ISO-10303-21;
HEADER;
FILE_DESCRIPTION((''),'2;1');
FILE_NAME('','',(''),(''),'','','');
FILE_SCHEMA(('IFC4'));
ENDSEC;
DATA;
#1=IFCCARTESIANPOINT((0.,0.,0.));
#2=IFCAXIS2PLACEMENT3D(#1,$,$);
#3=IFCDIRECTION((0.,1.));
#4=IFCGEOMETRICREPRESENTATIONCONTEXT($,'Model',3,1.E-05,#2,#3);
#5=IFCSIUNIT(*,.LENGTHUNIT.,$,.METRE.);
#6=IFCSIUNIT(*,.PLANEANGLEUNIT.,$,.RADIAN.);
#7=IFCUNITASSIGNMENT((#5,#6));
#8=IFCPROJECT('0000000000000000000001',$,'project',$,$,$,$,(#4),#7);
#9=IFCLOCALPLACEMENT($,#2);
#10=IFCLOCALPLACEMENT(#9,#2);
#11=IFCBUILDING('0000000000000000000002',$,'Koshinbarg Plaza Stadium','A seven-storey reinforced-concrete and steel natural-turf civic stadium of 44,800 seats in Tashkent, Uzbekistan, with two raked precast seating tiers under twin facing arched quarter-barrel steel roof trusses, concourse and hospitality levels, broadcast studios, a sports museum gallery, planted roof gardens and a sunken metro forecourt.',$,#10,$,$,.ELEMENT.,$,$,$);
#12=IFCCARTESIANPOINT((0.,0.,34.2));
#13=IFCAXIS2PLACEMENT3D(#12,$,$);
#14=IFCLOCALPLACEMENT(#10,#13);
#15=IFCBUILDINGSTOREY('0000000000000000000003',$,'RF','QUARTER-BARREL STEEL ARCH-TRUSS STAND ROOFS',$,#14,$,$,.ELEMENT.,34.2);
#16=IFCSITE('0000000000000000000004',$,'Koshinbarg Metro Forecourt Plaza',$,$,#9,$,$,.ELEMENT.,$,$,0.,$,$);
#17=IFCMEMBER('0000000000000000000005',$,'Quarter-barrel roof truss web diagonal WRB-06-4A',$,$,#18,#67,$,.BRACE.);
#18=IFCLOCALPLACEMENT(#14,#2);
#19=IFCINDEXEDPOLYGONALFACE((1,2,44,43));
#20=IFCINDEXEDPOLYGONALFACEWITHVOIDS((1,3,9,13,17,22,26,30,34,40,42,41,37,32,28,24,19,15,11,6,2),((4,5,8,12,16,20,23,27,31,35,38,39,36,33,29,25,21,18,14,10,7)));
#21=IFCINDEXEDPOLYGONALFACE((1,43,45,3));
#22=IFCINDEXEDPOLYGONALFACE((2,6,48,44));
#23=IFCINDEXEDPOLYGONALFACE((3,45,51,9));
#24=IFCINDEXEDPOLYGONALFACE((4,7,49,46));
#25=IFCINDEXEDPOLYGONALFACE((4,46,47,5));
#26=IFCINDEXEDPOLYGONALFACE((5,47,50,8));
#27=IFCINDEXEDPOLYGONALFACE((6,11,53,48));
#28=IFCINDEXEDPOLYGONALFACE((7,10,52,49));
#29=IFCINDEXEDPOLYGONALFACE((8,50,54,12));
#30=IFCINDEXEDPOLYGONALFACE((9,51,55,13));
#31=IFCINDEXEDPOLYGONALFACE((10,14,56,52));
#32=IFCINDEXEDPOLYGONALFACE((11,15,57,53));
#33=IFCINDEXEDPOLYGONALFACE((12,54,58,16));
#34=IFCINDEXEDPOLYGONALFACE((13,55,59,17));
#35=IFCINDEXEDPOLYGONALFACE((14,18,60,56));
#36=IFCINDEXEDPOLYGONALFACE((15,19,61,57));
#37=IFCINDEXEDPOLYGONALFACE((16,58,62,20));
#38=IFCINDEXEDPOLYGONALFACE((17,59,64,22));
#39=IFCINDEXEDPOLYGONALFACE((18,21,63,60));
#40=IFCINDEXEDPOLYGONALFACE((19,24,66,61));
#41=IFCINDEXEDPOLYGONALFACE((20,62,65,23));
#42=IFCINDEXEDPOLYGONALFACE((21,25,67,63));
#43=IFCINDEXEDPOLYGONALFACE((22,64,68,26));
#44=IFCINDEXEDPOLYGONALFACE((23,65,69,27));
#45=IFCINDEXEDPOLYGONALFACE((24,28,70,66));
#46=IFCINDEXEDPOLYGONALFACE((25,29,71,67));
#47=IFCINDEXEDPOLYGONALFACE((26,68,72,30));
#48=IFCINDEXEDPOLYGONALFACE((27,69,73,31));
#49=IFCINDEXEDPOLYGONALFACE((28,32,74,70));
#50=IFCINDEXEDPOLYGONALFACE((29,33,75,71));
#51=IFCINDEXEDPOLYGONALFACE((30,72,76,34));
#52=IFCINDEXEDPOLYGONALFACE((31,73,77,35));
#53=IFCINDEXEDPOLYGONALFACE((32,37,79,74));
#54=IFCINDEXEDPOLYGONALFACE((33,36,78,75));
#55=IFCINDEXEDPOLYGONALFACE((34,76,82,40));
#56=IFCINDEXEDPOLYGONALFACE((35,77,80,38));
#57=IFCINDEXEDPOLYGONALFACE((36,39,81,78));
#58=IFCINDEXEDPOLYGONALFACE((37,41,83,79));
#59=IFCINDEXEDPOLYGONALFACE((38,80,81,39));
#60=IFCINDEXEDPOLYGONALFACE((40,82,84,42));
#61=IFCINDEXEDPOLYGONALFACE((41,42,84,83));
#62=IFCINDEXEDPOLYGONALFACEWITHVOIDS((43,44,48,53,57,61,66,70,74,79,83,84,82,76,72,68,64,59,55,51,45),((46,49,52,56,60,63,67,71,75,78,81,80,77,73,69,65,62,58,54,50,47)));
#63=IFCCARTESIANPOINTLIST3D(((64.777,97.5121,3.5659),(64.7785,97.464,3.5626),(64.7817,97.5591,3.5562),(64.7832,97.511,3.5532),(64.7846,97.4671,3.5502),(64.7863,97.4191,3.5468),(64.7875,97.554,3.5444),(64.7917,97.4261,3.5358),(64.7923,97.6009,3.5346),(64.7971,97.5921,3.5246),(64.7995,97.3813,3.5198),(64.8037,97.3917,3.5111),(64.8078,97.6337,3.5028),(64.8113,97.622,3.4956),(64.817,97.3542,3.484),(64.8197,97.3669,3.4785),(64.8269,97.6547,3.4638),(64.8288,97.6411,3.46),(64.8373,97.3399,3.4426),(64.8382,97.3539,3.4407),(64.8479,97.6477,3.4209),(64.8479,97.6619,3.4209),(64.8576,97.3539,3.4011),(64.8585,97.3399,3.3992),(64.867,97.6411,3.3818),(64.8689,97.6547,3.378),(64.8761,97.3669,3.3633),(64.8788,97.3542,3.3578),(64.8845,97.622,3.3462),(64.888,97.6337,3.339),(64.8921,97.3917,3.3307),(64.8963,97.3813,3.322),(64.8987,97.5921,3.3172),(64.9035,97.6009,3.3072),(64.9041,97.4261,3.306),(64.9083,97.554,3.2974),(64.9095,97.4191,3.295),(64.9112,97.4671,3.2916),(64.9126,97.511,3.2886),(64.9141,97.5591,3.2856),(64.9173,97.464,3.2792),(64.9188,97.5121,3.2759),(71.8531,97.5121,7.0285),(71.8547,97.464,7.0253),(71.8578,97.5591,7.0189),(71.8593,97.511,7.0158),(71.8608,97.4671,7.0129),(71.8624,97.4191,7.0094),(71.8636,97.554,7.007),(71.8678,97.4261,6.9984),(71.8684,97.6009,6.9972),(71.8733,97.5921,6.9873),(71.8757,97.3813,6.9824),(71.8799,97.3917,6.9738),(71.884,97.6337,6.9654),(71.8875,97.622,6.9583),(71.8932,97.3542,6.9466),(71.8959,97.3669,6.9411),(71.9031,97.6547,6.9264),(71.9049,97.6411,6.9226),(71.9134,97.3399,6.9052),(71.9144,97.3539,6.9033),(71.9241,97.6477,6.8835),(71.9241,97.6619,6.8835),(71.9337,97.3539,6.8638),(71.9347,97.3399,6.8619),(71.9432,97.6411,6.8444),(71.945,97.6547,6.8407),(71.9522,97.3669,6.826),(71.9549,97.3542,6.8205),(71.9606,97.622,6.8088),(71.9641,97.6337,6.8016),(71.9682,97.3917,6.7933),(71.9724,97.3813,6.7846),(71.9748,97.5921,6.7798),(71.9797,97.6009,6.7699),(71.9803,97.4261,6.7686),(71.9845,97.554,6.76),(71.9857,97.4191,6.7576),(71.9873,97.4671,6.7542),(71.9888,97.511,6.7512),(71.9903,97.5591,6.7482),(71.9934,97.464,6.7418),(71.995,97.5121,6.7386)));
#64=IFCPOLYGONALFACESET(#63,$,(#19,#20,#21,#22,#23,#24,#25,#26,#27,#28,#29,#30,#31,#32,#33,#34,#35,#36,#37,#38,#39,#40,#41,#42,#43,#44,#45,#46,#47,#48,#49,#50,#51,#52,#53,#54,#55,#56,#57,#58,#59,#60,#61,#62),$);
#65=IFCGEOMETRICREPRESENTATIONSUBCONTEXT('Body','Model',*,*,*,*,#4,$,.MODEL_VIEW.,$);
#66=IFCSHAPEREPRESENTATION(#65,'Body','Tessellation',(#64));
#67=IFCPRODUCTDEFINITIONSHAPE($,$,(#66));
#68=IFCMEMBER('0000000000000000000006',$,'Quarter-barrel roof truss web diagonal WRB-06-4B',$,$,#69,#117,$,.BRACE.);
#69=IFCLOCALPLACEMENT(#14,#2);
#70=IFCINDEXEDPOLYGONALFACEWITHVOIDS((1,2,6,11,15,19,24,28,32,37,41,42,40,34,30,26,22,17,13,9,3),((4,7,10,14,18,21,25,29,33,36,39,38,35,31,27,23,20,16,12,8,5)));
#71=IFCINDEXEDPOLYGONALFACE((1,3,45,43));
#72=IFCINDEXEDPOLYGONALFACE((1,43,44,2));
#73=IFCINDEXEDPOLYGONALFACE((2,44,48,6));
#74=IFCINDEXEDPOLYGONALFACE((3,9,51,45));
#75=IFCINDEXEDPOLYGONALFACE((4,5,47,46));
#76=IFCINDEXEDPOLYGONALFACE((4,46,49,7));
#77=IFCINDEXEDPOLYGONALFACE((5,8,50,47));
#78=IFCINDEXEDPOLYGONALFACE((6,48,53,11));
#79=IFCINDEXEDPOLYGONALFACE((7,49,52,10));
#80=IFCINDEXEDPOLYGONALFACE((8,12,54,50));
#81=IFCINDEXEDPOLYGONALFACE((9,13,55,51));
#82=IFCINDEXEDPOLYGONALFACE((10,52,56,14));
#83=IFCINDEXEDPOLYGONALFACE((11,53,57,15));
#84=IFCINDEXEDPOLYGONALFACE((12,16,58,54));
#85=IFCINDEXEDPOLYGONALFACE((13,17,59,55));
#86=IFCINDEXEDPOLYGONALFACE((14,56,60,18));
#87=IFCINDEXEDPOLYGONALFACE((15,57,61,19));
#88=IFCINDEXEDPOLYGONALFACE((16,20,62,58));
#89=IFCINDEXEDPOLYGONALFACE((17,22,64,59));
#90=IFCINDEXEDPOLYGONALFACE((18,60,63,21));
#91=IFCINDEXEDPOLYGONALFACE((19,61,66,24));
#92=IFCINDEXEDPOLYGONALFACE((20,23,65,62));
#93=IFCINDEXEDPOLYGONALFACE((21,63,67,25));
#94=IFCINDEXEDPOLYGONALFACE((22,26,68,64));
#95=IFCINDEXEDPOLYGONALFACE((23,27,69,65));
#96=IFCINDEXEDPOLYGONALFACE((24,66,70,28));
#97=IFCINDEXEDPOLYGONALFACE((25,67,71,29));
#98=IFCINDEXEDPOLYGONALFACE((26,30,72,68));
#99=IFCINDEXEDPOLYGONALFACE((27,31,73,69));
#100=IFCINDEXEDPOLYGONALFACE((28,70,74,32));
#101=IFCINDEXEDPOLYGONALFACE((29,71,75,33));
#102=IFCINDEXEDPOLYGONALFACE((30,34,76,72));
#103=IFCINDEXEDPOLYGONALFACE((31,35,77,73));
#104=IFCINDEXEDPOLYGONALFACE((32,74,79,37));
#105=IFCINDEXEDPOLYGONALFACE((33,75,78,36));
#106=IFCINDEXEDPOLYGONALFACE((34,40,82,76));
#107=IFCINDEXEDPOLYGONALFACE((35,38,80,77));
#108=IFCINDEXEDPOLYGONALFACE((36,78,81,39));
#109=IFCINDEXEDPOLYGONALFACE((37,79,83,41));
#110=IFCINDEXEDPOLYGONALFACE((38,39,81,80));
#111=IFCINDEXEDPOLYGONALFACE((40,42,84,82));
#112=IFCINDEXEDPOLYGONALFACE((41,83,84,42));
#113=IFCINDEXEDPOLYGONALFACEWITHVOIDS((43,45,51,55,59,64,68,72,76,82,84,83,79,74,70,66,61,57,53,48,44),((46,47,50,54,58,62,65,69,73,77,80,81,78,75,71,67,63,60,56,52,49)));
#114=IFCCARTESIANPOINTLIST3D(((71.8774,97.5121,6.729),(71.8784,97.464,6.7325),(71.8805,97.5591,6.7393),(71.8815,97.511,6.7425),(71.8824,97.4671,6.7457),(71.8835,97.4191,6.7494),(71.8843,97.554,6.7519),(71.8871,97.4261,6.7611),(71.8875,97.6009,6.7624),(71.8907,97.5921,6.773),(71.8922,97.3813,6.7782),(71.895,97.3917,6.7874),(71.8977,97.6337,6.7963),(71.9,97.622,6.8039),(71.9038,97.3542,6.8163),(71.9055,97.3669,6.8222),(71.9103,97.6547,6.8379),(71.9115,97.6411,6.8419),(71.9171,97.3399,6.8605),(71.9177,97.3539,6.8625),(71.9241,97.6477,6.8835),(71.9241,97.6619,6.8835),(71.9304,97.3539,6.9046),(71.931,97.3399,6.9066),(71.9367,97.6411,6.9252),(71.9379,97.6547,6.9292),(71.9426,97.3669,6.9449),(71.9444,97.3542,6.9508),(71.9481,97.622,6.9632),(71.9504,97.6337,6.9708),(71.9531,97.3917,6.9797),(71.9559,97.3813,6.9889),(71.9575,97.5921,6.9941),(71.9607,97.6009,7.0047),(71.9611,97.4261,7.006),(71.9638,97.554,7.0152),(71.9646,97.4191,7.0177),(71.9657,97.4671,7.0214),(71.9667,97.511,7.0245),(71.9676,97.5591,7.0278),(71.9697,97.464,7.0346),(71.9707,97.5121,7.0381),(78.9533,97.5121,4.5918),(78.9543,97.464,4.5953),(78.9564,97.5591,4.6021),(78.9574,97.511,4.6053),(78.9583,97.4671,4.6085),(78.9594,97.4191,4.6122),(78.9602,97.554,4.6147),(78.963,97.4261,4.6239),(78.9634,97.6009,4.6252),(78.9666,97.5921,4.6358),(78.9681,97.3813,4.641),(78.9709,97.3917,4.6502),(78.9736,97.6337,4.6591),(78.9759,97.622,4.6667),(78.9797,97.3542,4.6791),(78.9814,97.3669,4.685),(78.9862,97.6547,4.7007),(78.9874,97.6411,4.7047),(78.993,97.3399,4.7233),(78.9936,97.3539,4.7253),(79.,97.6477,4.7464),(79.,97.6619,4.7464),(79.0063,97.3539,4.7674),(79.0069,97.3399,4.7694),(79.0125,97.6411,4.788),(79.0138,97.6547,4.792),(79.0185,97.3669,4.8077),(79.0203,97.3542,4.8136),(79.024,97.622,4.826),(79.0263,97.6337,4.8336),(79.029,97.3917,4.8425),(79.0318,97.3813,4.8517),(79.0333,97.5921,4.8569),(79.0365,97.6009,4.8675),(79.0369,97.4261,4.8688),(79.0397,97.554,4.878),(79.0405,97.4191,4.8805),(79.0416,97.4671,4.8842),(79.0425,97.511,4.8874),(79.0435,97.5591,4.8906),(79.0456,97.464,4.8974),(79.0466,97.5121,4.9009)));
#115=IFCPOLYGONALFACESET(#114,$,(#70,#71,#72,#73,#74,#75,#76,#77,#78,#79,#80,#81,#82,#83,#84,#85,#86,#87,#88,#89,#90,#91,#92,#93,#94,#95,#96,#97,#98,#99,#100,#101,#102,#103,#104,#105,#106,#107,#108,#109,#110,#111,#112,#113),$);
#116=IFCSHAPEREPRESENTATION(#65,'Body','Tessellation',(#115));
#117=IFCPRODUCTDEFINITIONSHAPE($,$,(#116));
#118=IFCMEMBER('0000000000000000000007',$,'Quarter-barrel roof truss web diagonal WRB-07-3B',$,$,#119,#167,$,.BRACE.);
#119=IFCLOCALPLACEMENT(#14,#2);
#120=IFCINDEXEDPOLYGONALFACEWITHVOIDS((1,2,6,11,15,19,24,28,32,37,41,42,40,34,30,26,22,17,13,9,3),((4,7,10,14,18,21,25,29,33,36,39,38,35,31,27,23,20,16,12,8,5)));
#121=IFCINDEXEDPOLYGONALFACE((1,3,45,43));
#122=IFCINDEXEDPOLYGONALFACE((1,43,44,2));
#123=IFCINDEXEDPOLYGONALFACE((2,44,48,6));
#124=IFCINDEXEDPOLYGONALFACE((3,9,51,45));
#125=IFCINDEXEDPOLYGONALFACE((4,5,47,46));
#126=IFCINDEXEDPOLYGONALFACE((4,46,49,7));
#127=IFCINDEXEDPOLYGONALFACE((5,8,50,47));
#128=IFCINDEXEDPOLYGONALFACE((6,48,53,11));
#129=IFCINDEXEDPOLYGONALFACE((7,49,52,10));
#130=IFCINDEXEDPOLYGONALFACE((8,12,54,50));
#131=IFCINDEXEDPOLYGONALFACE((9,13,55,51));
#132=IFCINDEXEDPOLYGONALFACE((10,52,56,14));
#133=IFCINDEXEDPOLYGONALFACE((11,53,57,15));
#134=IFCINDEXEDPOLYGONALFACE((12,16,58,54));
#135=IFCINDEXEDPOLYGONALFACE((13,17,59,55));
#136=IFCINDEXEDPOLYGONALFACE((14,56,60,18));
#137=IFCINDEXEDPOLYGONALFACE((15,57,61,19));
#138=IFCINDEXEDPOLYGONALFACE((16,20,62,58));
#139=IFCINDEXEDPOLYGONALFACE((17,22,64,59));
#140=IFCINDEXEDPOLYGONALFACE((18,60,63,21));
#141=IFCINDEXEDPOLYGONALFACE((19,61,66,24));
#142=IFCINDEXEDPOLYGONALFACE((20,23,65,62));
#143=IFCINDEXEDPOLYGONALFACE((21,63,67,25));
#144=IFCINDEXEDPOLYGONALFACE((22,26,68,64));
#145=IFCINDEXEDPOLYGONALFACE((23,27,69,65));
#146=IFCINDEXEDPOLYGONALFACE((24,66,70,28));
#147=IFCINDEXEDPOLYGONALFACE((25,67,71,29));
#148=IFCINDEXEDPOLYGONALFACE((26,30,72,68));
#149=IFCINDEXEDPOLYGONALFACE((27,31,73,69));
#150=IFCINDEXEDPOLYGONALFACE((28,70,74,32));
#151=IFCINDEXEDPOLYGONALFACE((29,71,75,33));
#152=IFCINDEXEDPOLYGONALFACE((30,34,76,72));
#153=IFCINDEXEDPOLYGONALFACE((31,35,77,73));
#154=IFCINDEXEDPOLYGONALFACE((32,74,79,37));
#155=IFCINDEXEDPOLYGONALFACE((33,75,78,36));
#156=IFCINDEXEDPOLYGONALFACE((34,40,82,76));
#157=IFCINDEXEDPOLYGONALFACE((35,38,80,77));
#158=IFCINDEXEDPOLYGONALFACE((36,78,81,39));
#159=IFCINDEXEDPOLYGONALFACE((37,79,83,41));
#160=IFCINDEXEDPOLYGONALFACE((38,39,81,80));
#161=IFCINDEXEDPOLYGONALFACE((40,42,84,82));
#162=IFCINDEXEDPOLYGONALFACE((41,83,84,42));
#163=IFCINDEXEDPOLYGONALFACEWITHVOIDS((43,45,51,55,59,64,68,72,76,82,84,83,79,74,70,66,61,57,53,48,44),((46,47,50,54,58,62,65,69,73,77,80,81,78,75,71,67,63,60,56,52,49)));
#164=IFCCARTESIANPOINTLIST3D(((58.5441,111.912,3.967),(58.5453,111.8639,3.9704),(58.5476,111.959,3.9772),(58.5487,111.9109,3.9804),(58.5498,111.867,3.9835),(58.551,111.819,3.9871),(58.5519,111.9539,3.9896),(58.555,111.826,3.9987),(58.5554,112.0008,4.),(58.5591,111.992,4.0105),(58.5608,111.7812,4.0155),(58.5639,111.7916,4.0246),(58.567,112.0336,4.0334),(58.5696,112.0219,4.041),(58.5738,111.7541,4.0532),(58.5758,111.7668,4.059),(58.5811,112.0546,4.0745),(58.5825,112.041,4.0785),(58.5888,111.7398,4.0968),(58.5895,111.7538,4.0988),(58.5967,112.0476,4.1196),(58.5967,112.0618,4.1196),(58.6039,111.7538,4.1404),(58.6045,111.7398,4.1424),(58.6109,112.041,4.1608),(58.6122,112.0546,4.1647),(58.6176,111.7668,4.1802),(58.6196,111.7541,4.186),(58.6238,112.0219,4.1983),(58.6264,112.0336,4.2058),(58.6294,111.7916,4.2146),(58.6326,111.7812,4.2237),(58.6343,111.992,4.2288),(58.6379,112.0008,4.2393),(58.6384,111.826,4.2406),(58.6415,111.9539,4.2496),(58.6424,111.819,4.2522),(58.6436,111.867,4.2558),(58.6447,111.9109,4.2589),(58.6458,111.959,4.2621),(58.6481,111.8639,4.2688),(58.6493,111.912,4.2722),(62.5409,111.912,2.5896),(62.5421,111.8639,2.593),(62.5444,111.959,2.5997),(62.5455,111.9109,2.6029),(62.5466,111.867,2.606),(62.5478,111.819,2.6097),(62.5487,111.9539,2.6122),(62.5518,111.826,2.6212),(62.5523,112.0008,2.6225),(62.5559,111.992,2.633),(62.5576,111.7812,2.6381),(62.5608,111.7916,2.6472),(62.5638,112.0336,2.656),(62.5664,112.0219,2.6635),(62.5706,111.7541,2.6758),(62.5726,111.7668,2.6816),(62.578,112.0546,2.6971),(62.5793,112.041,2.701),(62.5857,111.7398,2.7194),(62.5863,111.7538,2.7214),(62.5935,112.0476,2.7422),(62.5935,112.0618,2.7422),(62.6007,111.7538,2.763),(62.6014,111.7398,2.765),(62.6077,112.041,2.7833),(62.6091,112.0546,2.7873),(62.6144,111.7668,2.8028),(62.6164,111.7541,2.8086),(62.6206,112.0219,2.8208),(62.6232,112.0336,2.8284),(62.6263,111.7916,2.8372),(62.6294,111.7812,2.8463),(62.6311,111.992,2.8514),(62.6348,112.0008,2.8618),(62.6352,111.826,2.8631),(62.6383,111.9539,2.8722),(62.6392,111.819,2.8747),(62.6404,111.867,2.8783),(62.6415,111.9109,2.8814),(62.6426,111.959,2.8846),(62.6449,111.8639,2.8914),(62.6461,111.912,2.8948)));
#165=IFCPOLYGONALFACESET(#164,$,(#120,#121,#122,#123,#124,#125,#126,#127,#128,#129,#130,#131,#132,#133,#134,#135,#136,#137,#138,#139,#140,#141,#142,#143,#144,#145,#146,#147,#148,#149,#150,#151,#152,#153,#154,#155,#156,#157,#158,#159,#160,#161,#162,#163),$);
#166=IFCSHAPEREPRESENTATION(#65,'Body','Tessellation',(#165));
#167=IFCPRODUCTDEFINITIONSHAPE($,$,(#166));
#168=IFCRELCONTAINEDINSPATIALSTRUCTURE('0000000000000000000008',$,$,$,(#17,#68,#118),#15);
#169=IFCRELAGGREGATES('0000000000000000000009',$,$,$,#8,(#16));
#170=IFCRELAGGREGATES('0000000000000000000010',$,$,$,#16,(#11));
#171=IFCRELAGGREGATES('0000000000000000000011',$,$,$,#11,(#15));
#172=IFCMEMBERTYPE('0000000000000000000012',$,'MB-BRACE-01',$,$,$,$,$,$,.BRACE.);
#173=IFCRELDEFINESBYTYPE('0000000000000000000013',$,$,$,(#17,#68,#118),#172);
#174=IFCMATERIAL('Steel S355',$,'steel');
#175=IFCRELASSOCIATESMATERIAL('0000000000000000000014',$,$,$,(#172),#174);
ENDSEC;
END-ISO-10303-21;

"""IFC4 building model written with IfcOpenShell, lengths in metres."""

from ifc_helpers import new_model, si_unit, direction, frame, origin, origin_2d, place, context, subcontext, project, spatial, hollow_circle, extrude, material, material_profile, profile_set, type_object, element, save


model = new_model("IFC4")

# Units and contexts
model_context = context("Model", 3, precision=1e-05, world=origin(), true_north=direction((0.0, 1.0)))
body_context = subcontext(model_context, "Body", "Model", "MODEL_VIEW")
ifc_project = project(units=[si_unit("LENGTHUNIT", "METRE"), si_unit("PLANEANGLEUNIT", "RADIAN")], contexts=[model_context])

# Site, building, storey
site_placement = place(None, origin())
site = spatial("IfcSite", under=ifc_project, at=site_placement, Name="Koshinbarg Metro Forecourt Plaza", CompositionType="ELEMENT", RefElevation=0.0)
building_placement = place(site_placement, origin())
building = spatial("IfcBuilding", under=site, at=building_placement, Name="Koshinbarg Plaza Stadium", Description="A seven-storey reinforced-concrete and steel natural-turf civic stadium of 44,800 seats in Tashkent, Uzbekistan, with two raked precast seating tiers under twin facing arched quarter-barrel steel roof trusses, concourse and hospitality levels, broadcast studios, a sports museum gallery, planted roof gardens and a sunken metro forecourt.", CompositionType="ELEMENT")
storey_placement = place(building_placement, frame((0.0, 0.0, 34.2)))
storey = spatial("IfcBuildingStorey", under=building, at=storey_placement, Name="RF", Description="QUARTER-BARREL STEEL ARCH-TRUSS STAND ROOFS", CompositionType="ELEMENT", Elevation=34.2)

# Members
ifc_material_1 = material(Name="Steel S355", Category="steel")
ifc_material_profile_1 = material_profile(ifc_material_1, hollow_circle(Radius=0.1619, WallThickness=0.0142, at=origin_2d()), Name="CHS 323.9x14.2")
ifc_profile_set_1 = profile_set([ifc_material_profile_1], Name="Steel S355")
member_type_1 = type_object("IfcMemberType", Name="MB-BRACE-01", PredefinedType="BRACE", material=ifc_profile_set_1)
member_1_placement = place(storey_placement, frame((64.8479, 97.5, 3.4209), z_axis=(0.898225, 0.0, 0.439536), x_axis=(0.0, 1.0, 0.0)))
element("IfcMember", 1, at=member_1_placement, inside=storey, type_object=member_type_1, Name="Quarter-barrel roof truss web diagonal WRB-06-4A", PredefinedType="BRACE", context=body_context, shape_type="SweptSolid", body=[
    extrude(hollow_circle(Radius=0.1619, WallThickness=0.0142, at=origin_2d()), origin(), (0.0, 0.0, 1.0), 7.8779),
])
member_2_placement = place(storey_placement, frame((71.9241, 97.5, 6.8835), z_axis=(0.957287, 0.0, -0.289138), x_axis=(0.0, 1.0, 0.0)))
element("IfcMember", 2, at=member_2_placement, inside=storey, type_object=member_type_1, Name="Quarter-barrel roof truss web diagonal WRB-06-4B", PredefinedType="BRACE", context=body_context, shape_type="SweptSolid", body=[
    extrude(hollow_circle(Radius=0.1619, WallThickness=0.0142, at=origin_2d()), origin(), (0.0, 0.0, 1.0), 7.3916),
])
member_3_placement = place(storey_placement, frame((58.5967, 111.8999, 4.1196), z_axis=(0.945429, 0.0, -0.325827), x_axis=(0.0, 1.0, 0.0)))
element("IfcMember", 3, at=member_3_placement, inside=storey, type_object=member_type_1, Name="Quarter-barrel roof truss web diagonal WRB-07-3B", PredefinedType="BRACE", context=body_context, shape_type="SweptSolid", body=[
    extrude(hollow_circle(Radius=0.1619, WallThickness=0.0142, at=origin_2d()), origin(), (0.0, 0.0, 1.0), 4.2275),
])

save(model, "model.ifc")
